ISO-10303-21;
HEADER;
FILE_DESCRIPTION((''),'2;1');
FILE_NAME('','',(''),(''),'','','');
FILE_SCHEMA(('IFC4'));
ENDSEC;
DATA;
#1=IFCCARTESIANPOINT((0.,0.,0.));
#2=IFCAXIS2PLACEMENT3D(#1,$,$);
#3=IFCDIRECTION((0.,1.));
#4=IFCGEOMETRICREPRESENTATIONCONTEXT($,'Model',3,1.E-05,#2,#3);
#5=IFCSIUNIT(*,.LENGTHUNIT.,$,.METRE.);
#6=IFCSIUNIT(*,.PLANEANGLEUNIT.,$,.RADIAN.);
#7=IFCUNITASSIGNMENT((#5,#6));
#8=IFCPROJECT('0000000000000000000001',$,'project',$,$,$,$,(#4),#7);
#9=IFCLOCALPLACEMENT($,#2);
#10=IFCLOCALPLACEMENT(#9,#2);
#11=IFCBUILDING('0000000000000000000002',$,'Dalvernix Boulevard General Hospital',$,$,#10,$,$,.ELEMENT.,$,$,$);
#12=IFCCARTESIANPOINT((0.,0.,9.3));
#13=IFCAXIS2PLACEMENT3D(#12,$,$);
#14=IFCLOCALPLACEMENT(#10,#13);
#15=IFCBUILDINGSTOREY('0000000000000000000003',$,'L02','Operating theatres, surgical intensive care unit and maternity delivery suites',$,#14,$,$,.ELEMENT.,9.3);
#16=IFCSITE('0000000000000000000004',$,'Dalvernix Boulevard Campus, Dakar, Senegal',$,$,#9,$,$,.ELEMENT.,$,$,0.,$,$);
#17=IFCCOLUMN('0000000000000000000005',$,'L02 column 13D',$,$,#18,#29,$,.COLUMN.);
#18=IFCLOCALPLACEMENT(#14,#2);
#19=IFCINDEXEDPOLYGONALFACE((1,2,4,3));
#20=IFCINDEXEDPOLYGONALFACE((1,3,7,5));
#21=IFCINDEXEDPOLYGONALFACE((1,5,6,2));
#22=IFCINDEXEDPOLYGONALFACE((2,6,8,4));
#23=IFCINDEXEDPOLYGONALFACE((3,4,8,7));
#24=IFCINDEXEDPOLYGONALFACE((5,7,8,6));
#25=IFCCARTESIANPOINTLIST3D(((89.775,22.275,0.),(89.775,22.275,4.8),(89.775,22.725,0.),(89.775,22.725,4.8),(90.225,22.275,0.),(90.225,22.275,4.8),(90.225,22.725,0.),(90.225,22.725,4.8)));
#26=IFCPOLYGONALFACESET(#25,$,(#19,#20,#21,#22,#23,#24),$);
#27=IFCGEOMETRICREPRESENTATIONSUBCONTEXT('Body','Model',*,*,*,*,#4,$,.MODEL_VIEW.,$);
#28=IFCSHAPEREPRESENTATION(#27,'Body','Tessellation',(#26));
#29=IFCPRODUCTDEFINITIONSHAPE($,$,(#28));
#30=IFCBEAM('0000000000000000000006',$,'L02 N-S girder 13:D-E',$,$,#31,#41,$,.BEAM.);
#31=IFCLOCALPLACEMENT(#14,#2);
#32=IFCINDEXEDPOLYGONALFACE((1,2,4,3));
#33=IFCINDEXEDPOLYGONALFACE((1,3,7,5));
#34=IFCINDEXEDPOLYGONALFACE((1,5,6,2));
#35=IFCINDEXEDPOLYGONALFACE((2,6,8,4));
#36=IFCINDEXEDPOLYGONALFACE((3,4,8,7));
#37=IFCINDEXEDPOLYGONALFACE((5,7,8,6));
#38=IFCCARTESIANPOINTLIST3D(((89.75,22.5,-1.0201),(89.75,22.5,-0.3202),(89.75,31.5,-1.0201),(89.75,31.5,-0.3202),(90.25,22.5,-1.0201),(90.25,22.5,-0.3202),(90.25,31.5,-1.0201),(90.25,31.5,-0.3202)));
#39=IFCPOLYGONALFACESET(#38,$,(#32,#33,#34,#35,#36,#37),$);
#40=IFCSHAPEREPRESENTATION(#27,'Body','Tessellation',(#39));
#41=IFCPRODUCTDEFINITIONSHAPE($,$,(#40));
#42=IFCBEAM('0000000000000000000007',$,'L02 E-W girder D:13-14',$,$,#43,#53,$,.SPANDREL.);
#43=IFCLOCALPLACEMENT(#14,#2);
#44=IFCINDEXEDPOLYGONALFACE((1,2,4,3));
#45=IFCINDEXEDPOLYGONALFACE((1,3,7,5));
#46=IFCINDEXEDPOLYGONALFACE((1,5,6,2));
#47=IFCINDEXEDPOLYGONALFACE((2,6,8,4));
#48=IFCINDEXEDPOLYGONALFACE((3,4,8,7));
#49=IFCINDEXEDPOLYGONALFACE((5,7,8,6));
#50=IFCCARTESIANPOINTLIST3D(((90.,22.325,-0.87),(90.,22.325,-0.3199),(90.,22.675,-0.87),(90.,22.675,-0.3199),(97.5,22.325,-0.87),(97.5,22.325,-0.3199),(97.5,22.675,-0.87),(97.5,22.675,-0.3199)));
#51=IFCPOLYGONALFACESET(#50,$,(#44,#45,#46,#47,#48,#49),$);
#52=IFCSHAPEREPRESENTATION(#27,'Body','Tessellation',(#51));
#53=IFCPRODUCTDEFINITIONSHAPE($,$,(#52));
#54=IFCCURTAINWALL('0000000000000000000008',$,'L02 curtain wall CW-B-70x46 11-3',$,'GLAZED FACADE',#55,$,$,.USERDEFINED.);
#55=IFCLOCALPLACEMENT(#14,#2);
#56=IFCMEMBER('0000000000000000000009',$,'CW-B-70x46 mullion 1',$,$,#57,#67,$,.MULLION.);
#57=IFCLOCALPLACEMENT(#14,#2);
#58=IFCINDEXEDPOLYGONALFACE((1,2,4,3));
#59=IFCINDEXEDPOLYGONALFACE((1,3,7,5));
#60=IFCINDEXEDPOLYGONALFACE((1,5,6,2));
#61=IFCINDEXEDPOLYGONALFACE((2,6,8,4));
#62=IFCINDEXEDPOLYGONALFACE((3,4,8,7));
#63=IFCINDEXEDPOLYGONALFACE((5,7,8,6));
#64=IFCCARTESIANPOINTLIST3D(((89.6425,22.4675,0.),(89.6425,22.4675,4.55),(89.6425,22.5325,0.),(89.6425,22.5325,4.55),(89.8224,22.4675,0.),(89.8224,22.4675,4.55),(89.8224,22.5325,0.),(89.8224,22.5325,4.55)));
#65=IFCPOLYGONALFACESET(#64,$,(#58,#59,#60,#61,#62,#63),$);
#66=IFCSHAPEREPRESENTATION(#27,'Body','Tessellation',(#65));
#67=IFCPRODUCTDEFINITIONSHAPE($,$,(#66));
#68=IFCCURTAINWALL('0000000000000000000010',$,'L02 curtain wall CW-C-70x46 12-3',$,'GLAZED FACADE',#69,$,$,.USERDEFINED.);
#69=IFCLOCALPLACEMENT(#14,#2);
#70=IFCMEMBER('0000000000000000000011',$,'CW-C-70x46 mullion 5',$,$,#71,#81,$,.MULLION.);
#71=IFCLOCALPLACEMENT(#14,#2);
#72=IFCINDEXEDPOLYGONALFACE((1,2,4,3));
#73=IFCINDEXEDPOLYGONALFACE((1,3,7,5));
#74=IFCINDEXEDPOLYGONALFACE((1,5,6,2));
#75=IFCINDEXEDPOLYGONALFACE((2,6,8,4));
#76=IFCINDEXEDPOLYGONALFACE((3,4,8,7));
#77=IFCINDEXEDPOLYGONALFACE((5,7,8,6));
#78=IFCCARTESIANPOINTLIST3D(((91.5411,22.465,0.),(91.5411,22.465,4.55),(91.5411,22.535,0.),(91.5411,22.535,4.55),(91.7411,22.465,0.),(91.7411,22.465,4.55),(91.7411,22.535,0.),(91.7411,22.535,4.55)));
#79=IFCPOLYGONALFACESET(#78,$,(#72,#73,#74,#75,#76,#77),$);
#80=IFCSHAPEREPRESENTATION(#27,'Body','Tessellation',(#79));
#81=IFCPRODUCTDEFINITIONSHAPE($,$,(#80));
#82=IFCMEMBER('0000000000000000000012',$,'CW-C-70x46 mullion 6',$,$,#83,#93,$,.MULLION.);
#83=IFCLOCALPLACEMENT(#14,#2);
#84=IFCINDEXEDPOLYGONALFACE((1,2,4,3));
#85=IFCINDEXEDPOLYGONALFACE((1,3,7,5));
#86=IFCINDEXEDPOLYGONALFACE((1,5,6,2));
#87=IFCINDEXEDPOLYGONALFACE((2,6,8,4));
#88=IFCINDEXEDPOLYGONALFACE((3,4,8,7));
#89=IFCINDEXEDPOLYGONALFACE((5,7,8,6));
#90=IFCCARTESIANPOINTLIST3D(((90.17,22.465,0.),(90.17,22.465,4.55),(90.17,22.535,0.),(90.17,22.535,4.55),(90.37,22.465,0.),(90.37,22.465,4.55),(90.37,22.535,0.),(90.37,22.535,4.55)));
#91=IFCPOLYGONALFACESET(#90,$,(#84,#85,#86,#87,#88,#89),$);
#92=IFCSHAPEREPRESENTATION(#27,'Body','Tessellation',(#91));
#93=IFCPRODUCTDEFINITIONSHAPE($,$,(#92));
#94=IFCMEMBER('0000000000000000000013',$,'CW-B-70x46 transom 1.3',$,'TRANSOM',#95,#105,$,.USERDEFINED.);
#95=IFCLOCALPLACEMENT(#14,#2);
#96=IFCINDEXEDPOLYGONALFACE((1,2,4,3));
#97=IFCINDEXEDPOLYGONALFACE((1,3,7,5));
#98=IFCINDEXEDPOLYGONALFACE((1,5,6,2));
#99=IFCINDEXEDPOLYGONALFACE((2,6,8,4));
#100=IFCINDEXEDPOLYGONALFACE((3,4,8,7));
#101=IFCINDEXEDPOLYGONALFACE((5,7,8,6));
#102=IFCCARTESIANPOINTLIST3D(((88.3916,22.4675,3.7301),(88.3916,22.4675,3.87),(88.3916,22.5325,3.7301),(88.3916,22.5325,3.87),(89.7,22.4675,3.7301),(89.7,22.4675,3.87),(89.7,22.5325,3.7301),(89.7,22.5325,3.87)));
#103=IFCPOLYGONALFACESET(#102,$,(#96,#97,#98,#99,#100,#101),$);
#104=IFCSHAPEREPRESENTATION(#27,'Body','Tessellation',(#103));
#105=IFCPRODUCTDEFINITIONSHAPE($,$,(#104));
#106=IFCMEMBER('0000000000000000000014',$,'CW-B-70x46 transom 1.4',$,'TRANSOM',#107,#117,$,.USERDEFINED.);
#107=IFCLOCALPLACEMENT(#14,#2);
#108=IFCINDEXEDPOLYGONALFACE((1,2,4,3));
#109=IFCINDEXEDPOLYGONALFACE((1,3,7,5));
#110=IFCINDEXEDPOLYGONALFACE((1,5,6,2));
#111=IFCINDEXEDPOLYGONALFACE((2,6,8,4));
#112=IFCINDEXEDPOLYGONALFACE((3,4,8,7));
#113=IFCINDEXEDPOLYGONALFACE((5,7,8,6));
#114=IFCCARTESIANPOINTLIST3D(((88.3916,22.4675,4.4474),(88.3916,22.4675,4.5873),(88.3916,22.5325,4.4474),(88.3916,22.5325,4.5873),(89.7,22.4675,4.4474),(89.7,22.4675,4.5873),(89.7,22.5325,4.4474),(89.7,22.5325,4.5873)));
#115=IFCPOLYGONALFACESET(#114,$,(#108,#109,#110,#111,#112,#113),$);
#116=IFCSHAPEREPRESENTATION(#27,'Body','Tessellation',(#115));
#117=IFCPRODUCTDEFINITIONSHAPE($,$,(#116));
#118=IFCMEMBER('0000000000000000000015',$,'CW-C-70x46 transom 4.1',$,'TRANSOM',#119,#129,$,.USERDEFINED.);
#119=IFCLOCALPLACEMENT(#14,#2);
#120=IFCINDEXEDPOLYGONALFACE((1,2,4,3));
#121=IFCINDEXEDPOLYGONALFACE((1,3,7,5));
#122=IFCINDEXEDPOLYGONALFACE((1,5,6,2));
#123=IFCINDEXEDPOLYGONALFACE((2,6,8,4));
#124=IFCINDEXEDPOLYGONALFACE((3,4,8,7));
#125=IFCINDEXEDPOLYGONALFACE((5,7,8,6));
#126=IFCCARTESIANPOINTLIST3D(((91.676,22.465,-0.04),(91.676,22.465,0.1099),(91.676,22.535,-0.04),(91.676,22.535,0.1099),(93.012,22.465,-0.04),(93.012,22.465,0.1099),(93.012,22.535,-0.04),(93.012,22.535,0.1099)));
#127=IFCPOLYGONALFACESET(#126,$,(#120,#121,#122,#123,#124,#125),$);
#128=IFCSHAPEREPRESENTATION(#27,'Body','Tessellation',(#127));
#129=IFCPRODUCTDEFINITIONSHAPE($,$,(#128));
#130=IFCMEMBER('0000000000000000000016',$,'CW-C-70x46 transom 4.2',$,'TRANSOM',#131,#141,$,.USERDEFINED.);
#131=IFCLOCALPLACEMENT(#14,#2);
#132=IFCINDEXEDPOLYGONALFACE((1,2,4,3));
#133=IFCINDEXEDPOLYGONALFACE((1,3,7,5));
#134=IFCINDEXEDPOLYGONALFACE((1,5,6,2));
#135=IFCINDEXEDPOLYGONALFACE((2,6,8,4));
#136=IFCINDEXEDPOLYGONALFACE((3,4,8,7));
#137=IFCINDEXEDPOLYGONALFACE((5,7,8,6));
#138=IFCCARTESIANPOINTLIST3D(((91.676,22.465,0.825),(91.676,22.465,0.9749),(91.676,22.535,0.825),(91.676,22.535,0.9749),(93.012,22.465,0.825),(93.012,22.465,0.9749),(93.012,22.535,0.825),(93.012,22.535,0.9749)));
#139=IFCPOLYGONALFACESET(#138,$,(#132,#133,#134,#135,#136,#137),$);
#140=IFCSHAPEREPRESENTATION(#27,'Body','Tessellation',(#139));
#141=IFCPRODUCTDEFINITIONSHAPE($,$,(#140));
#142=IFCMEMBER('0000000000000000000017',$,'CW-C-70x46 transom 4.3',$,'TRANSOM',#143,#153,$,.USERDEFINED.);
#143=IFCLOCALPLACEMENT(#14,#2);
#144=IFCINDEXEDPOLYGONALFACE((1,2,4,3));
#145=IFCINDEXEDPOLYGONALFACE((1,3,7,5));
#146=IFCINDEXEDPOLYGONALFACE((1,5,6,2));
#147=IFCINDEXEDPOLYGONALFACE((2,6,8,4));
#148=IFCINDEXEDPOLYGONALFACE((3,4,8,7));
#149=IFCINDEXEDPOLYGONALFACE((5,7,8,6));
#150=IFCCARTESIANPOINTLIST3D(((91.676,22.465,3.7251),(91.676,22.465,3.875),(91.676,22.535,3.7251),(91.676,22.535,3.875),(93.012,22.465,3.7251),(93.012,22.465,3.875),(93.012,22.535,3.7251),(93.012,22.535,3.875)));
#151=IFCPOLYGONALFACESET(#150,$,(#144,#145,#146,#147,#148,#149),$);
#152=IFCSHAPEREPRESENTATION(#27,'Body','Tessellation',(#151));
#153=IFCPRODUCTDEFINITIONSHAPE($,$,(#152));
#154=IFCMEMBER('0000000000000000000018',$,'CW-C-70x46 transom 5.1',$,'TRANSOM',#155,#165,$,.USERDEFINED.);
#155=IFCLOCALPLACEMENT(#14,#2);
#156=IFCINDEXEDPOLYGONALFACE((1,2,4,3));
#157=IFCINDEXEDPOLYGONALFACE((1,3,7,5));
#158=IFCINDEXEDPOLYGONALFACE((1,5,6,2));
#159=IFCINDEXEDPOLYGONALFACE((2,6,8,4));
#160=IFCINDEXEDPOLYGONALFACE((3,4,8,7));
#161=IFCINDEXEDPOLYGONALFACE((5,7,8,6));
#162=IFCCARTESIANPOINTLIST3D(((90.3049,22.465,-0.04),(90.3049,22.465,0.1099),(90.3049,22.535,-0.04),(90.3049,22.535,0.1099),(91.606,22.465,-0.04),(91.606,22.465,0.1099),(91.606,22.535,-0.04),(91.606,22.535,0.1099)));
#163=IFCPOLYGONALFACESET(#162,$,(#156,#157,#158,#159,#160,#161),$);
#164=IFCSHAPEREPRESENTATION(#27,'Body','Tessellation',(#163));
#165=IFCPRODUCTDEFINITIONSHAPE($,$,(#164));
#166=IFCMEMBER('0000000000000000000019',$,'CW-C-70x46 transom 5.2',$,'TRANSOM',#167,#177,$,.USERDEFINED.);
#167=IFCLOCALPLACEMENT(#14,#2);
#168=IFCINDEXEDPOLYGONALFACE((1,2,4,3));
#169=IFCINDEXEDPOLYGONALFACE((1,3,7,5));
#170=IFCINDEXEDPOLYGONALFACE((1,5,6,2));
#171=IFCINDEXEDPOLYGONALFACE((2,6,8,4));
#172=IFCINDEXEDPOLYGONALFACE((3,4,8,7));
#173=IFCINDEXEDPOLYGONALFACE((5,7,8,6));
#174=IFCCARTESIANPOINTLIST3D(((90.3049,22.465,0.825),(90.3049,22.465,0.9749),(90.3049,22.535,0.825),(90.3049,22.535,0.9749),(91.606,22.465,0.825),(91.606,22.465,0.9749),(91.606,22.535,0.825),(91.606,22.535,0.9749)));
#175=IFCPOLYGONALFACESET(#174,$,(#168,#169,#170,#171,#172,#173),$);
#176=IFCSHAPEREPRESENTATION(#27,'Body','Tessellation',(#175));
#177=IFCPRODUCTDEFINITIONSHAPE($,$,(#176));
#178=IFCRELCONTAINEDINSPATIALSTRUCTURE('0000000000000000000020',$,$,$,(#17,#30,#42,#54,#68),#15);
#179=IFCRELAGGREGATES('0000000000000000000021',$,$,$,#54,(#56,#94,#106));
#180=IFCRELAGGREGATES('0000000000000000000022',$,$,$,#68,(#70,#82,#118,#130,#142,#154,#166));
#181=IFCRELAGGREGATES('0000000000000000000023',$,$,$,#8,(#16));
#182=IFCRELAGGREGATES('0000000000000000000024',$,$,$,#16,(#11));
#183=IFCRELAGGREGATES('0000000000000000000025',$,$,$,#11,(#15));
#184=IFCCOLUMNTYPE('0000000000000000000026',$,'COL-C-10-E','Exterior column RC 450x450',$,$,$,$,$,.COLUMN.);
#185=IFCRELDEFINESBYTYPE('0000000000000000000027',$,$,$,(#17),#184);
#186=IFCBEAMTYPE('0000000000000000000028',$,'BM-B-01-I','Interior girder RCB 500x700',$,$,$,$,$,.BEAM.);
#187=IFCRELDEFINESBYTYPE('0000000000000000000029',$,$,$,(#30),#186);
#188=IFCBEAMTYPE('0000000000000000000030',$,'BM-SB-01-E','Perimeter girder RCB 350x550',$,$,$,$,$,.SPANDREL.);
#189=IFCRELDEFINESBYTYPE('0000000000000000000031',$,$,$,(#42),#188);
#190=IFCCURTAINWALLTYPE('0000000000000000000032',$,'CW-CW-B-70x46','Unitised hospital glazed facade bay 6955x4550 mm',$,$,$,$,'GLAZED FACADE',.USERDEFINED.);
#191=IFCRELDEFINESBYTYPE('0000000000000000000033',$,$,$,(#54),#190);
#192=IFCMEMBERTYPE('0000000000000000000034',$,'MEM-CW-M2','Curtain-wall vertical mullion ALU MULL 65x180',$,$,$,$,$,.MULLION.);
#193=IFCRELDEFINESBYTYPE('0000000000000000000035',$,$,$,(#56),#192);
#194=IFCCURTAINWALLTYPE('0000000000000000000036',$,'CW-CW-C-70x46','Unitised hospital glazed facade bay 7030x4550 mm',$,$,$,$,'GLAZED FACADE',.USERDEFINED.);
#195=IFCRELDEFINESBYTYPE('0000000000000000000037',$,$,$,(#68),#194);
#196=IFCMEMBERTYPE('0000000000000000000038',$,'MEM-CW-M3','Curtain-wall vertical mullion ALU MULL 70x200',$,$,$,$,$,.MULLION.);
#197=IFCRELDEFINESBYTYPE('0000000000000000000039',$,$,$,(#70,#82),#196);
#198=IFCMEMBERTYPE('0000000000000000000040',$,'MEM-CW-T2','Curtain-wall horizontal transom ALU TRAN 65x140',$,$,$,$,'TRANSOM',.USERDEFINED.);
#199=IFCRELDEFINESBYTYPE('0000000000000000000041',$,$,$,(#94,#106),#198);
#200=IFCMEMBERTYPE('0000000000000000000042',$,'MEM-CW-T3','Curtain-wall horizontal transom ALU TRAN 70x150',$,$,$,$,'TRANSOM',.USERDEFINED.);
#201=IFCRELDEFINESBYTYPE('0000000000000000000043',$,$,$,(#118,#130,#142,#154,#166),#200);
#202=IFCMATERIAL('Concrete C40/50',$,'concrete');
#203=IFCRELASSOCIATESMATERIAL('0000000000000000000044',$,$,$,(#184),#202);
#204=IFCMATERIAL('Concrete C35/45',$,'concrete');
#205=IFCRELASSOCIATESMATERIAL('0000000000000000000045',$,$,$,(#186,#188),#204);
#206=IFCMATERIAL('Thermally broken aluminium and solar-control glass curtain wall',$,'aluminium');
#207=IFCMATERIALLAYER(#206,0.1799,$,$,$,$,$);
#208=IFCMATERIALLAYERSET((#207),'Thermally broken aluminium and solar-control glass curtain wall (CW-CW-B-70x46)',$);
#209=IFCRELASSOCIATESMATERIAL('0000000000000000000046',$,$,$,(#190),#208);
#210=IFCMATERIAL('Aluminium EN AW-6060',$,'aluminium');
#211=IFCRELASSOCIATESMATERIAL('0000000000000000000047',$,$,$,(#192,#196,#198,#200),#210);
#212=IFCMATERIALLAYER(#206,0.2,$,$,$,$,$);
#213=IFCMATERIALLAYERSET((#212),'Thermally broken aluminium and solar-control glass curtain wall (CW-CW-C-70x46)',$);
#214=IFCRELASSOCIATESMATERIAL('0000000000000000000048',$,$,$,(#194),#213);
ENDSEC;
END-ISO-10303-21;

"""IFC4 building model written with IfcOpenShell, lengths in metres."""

from ifc_helpers import new_model, si_unit, direction, frame, origin, origin_2d, place, context, subcontext, project, spatial, rectangle, extrude, material, layer, layer_set, material_profile, profile_set, type_object, element, aggregate, save


model = new_model("IFC4")

# Units and contexts
model_context = context("Model", 3, precision=1e-05, world=origin(), true_north=direction((0.0, 1.0)))
body_context = subcontext(model_context, "Body", "Model", "MODEL_VIEW")
ifc_project = project(units=[si_unit("LENGTHUNIT", "METRE"), si_unit("PLANEANGLEUNIT", "RADIAN")], contexts=[model_context])

# Site, building, storey
site_placement = place(None, origin())
site = spatial("IfcSite", under=ifc_project, at=site_placement, Name="Dalvernix Boulevard Campus, Dakar, Senegal", CompositionType="ELEMENT", RefElevation=0.0)
building_placement = place(site_placement, origin())
building = spatial("IfcBuilding", under=site, at=building_placement, Name="Dalvernix Boulevard General Hospital", CompositionType="ELEMENT")
storey_placement = place(building_placement, frame((0.0, 0.0, 9.3)))
storey = spatial("IfcBuildingStorey", under=building, at=storey_placement, Name="L02", Description="Operating theatres, surgical intensive care unit and maternity delivery suites", CompositionType="ELEMENT", Elevation=9.3)

# Column
ifc_material_1 = material(Name="Concrete C40/50", Category="concrete")
ifc_material_profile_1 = material_profile(ifc_material_1, rectangle(XDim=0.45, YDim=0.45, at=origin_2d()), Name="RC 450x450")
ifc_profile_set_1 = profile_set([ifc_material_profile_1], Name="Concrete C40/50")
column_type = type_object("IfcColumnType", Name="COL-C-10-E", Description="Exterior column RC 450x450", PredefinedType="COLUMN", material=ifc_profile_set_1)
column_placement = place(storey_placement, frame((90.0, 22.5, 0.0), z_axis=(0.0, 0.0, 1.0), x_axis=(1.0, 0.0, 0.0)))
element("IfcColumn", 1, at=column_placement, inside=storey, type_object=column_type, Name="L02 column 13D", PredefinedType="COLUMN", context=body_context, shape_type="SweptSolid", body=[
    extrude(rectangle(XDim=0.45, YDim=0.45, at=origin_2d()), origin(), (0.0, 0.0, 1.0), 4.8),
])

# Beams
ifc_material_2 = material(Name="Concrete C35/45", Category="concrete")
ifc_material_profile_2 = material_profile(ifc_material_2, rectangle(XDim=0.5, YDim=0.7, at=origin_2d()), Name="RCB 500x700")
ifc_profile_set_2 = profile_set([ifc_material_profile_2], Name="Concrete C35/45")
beam_type_1 = type_object("IfcBeamType", Name="BM-B-01-I", Description="Interior girder RCB 500x700", PredefinedType="BEAM", material=ifc_profile_set_2)
beam_1_placement = place(storey_placement, frame((90.0, 22.5, -0.6702), z_axis=(0.0, 1.0, 0.0), x_axis=(-1.0, 0.0, 0.0)))
element("IfcBeam", 2, at=beam_1_placement, inside=storey, type_object=beam_type_1, Name="L02 N-S girder 13:D-E", PredefinedType="BEAM", context=body_context, shape_type="SweptSolid", body=[
    extrude(rectangle(XDim=0.5, YDim=0.7, at=origin_2d()), origin(), (0.0, 0.0, 1.0), 9.0),
])
ifc_material_profile_3 = material_profile(ifc_material_2, rectangle(XDim=0.3501, YDim=0.55, at=origin_2d()), Name="RCB 350x550")
ifc_profile_set_3 = profile_set([ifc_material_profile_3], Name="Concrete C35/45")
beam_type_2 = type_object("IfcBeamType", Name="BM-SB-01-E", Description="Perimeter girder RCB 350x550", PredefinedType="SPANDREL", material=ifc_profile_set_3)
beam_2_placement = place(storey_placement, frame((90.0, 22.5, -0.595), z_axis=(1.0, 0.0, 0.0), x_axis=(0.0, 1.0, 0.0)))
element("IfcBeam", 3, at=beam_2_placement, inside=storey, type_object=beam_type_2, Name="L02 E-W girder D:13-14", PredefinedType="SPANDREL", context=body_context, shape_type="SweptSolid", body=[
    extrude(rectangle(XDim=0.3501, YDim=0.55, at=origin_2d()), origin(), (0.0, 0.0, 1.0), 7.5),
])

# Curtain wall, member
ifc_material_3 = material(Name="Thermally broken aluminium and solar-control glass curtain wall", Category="aluminium")
ifc_layer_1 = layer(ifc_material_3, 0.1799)
ifc_layer_set_1 = layer_set([ifc_layer_1], Name="Thermally broken aluminium and solar-control glass curtain wall (CW-CW-B-70x46)")
curtain_wall_type_1 = type_object("IfcCurtainWallType", Name="CW-CW-B-70x46", Description="Unitised hospital glazed facade bay 6955x4550 mm", ElementType="GLAZED FACADE", PredefinedType="USERDEFINED", material=ifc_layer_set_1)
curtain_wall_1_placement = place(storey_placement, origin())
curtain_wall_1 = element("IfcCurtainWall", 4, at=curtain_wall_1_placement, inside=storey, type_object=curtain_wall_type_1, Name="L02 curtain wall CW-B-70x46 11-3", ObjectType="GLAZED FACADE", PredefinedType="USERDEFINED")
ifc_material_4 = material(Name="Aluminium EN AW-6060", Category="aluminium")
ifc_material_profile_4 = material_profile(ifc_material_4, rectangle(XDim=0.0649, YDim=0.1799, at=origin_2d()), Name="ALU MULL 65x180")
ifc_profile_set_4 = profile_set([ifc_material_profile_4], Name="Aluminium EN AW-6060")
member_type_1 = type_object("IfcMemberType", Name="MEM-CW-M2", Description="Curtain-wall vertical mullion ALU MULL 65x180", PredefinedType="MULLION", material=ifc_profile_set_4)
member_1_placement = place(storey_placement, frame((89.7324, 22.5, 0.0), z_axis=(0.0, 0.0, 1.0), x_axis=(0.0, -1.0, 0.0)))
member_1 = element("IfcMember", 5, at=member_1_placement, type_object=member_type_1, Name="CW-B-70x46 mullion 1", PredefinedType="MULLION", context=body_context, shape_type="SweptSolid", body=[
    extrude(rectangle(XDim=0.0649, YDim=0.1799, at=origin_2d()), origin(), (0.0, 0.0, 1.0), 4.55),
])

# Curtain wall, members
ifc_layer_2 = layer(ifc_material_3, 0.2)
ifc_layer_set_2 = layer_set([ifc_layer_2], Name="Thermally broken aluminium and solar-control glass curtain wall (CW-CW-C-70x46)")
curtain_wall_type_2 = type_object("IfcCurtainWallType", Name="CW-CW-C-70x46", Description="Unitised hospital glazed facade bay 7030x4550 mm", ElementType="GLAZED FACADE", PredefinedType="USERDEFINED", material=ifc_layer_set_2)
curtain_wall_2_placement = place(storey_placement, origin())
curtain_wall_2 = element("IfcCurtainWall", 6, at=curtain_wall_2_placement, inside=storey, type_object=curtain_wall_type_2, Name="L02 curtain wall CW-C-70x46 12-3", ObjectType="GLAZED FACADE", PredefinedType="USERDEFINED")
ifc_material_profile_5 = material_profile(ifc_material_4, rectangle(XDim=0.0701, YDim=0.2, at=origin_2d()), Name="ALU MULL 70x200")
ifc_profile_set_5 = profile_set([ifc_material_profile_5], Name="Aluminium EN AW-6060")
member_type_2 = type_object("IfcMemberType", Name="MEM-CW-M3", Description="Curtain-wall vertical mullion ALU MULL 70x200", PredefinedType="MULLION", material=ifc_profile_set_5)
member_2_placement = place(storey_placement, frame((91.6411, 22.5, 0.0), z_axis=(0.0, 0.0, 1.0), x_axis=(0.0, -1.0, 0.0)))
member_2 = element("IfcMember", 7, at=member_2_placement, type_object=member_type_2, Name="CW-C-70x46 mullion 5", PredefinedType="MULLION", context=body_context, shape_type="SweptSolid", body=[
    extrude(rectangle(XDim=0.0701, YDim=0.2, at=origin_2d()), origin(), (0.0, 0.0, 1.0), 4.55),
])
member_3_placement = place(storey_placement, frame((90.27, 22.5, 0.0), z_axis=(0.0, 0.0, 1.0), x_axis=(0.0, -1.0, 0.0)))
member_3 = element("IfcMember", 8, at=member_3_placement, type_object=member_type_2, Name="CW-C-70x46 mullion 6", PredefinedType="MULLION", context=body_context, shape_type="SweptSolid", body=[
    extrude(rectangle(XDim=0.0701, YDim=0.2, at=origin_2d()), origin(), (0.0, 0.0, 1.0), 4.55),
])

# Members
ifc_material_profile_6 = material_profile(ifc_material_4, rectangle(XDim=0.0649, YDim=0.1399, at=origin_2d()), Name="ALU TRAN 65x140")
ifc_profile_set_6 = profile_set([ifc_material_profile_6], Name="Aluminium EN AW-6060")
member_type_3 = type_object("IfcMemberType", Name="MEM-CW-T2", Description="Curtain-wall horizontal transom ALU TRAN 65x140", ElementType="TRANSOM", PredefinedType="USERDEFINED", material=ifc_profile_set_6)
member_4_placement = place(storey_placement, frame((89.7, 22.5, 3.8), z_axis=(-1.0, 0.0, 0.0), x_axis=(0.0, -1.0, 0.0)))
member_4 = element("IfcMember", 9, at=member_4_placement, type_object=member_type_3, Name="CW-B-70x46 transom 1.3", ObjectType="TRANSOM", PredefinedType="USERDEFINED", context=body_context, shape_type="SweptSolid", body=[
    extrude(rectangle(XDim=0.0649, YDim=0.1399, at=origin_2d()), origin(), (0.0, 0.0, 1.0), 1.3083),
])
member_5_placement = place(storey_placement, frame((89.7, 22.5, 4.5173), z_axis=(-1.0, 0.0, 0.0), x_axis=(0.0, -1.0, 0.0)))
member_5 = element("IfcMember", 10, at=member_5_placement, type_object=member_type_3, Name="CW-B-70x46 transom 1.4", ObjectType="TRANSOM", PredefinedType="USERDEFINED", context=body_context, shape_type="SweptSolid", body=[
    extrude(rectangle(XDim=0.0649, YDim=0.1399, at=origin_2d()), origin(), (0.0, 0.0, 1.0), 1.3083),
])
aggregate(curtain_wall_1, [member_1, member_4, member_5])
ifc_material_profile_7 = material_profile(ifc_material_4, rectangle(XDim=0.0701, YDim=0.1499, at=origin_2d()), Name="ALU TRAN 70x150")
ifc_profile_set_7 = profile_set([ifc_material_profile_7], Name="Aluminium EN AW-6060")
member_type_4 = type_object("IfcMemberType", Name="MEM-CW-T3", Description="Curtain-wall horizontal transom ALU TRAN 70x150", ElementType="TRANSOM", PredefinedType="USERDEFINED", material=ifc_profile_set_7)
member_6_placement = place(storey_placement, frame((93.012, 22.5, 0.0349), z_axis=(-1.0, 0.0, 0.0), x_axis=(0.0, -1.0, 0.0)))
member_6 = element("IfcMember", 11, at=member_6_placement, type_object=member_type_4, Name="CW-C-70x46 transom 4.1", ObjectType="TRANSOM", PredefinedType="USERDEFINED", context=body_context, shape_type="SweptSolid", body=[
    extrude(rectangle(XDim=0.0701, YDim=0.1499, at=origin_2d()), origin(), (0.0, 0.0, 1.0), 1.3359),
])
member_7_placement = place(storey_placement, frame((93.012, 22.5, 0.8999), z_axis=(-1.0, 0.0, 0.0), x_axis=(0.0, -1.0, 0.0)))
member_7 = element("IfcMember", 12, at=member_7_placement, type_object=member_type_4, Name="CW-C-70x46 transom 4.2", ObjectType="TRANSOM", PredefinedType="USERDEFINED", context=body_context, shape_type="SweptSolid", body=[
    extrude(rectangle(XDim=0.0701, YDim=0.1499, at=origin_2d()), origin(), (0.0, 0.0, 1.0), 1.3359),
])
member_8_placement = place(storey_placement, frame((93.012, 22.5, 3.8), z_axis=(-1.0, 0.0, 0.0), x_axis=(0.0, -1.0, 0.0)))
member_8 = element("IfcMember", 13, at=member_8_placement, type_object=member_type_4, Name="CW-C-70x46 transom 4.3", ObjectType="TRANSOM", PredefinedType="USERDEFINED", context=body_context, shape_type="SweptSolid", body=[
    extrude(rectangle(XDim=0.0701, YDim=0.1499, at=origin_2d()), origin(), (0.0, 0.0, 1.0), 1.3359),
])
member_9_placement = place(storey_placement, frame((91.606, 22.5, 0.0349), z_axis=(-1.0, 0.0, 0.0), x_axis=(0.0, -1.0, 0.0)))
member_9 = element("IfcMember", 14, at=member_9_placement, type_object=member_type_4, Name="CW-C-70x46 transom 5.1", ObjectType="TRANSOM", PredefinedType="USERDEFINED", context=body_context, shape_type="SweptSolid", body=[
    extrude(rectangle(XDim=0.0701, YDim=0.1499, at=origin_2d()), origin(), (0.0, 0.0, 1.0), 1.301),
])
member_10_placement = place(storey_placement, frame((91.606, 22.5, 0.8999), z_axis=(-1.0, 0.0, 0.0), x_axis=(0.0, -1.0, 0.0)))
member_10 = element("IfcMember", 15, at=member_10_placement, type_object=member_type_4, Name="CW-C-70x46 transom 5.2", ObjectType="TRANSOM", PredefinedType="USERDEFINED", context=body_context, shape_type="SweptSolid", body=[
    extrude(rectangle(XDim=0.0701, YDim=0.1499, at=origin_2d()), origin(), (0.0, 0.0, 1.0), 1.301),
])

aggregate(curtain_wall_2, [member_2, member_3, member_6, member_7, member_8, member_9, member_10])

save(model, "model.ifc")
